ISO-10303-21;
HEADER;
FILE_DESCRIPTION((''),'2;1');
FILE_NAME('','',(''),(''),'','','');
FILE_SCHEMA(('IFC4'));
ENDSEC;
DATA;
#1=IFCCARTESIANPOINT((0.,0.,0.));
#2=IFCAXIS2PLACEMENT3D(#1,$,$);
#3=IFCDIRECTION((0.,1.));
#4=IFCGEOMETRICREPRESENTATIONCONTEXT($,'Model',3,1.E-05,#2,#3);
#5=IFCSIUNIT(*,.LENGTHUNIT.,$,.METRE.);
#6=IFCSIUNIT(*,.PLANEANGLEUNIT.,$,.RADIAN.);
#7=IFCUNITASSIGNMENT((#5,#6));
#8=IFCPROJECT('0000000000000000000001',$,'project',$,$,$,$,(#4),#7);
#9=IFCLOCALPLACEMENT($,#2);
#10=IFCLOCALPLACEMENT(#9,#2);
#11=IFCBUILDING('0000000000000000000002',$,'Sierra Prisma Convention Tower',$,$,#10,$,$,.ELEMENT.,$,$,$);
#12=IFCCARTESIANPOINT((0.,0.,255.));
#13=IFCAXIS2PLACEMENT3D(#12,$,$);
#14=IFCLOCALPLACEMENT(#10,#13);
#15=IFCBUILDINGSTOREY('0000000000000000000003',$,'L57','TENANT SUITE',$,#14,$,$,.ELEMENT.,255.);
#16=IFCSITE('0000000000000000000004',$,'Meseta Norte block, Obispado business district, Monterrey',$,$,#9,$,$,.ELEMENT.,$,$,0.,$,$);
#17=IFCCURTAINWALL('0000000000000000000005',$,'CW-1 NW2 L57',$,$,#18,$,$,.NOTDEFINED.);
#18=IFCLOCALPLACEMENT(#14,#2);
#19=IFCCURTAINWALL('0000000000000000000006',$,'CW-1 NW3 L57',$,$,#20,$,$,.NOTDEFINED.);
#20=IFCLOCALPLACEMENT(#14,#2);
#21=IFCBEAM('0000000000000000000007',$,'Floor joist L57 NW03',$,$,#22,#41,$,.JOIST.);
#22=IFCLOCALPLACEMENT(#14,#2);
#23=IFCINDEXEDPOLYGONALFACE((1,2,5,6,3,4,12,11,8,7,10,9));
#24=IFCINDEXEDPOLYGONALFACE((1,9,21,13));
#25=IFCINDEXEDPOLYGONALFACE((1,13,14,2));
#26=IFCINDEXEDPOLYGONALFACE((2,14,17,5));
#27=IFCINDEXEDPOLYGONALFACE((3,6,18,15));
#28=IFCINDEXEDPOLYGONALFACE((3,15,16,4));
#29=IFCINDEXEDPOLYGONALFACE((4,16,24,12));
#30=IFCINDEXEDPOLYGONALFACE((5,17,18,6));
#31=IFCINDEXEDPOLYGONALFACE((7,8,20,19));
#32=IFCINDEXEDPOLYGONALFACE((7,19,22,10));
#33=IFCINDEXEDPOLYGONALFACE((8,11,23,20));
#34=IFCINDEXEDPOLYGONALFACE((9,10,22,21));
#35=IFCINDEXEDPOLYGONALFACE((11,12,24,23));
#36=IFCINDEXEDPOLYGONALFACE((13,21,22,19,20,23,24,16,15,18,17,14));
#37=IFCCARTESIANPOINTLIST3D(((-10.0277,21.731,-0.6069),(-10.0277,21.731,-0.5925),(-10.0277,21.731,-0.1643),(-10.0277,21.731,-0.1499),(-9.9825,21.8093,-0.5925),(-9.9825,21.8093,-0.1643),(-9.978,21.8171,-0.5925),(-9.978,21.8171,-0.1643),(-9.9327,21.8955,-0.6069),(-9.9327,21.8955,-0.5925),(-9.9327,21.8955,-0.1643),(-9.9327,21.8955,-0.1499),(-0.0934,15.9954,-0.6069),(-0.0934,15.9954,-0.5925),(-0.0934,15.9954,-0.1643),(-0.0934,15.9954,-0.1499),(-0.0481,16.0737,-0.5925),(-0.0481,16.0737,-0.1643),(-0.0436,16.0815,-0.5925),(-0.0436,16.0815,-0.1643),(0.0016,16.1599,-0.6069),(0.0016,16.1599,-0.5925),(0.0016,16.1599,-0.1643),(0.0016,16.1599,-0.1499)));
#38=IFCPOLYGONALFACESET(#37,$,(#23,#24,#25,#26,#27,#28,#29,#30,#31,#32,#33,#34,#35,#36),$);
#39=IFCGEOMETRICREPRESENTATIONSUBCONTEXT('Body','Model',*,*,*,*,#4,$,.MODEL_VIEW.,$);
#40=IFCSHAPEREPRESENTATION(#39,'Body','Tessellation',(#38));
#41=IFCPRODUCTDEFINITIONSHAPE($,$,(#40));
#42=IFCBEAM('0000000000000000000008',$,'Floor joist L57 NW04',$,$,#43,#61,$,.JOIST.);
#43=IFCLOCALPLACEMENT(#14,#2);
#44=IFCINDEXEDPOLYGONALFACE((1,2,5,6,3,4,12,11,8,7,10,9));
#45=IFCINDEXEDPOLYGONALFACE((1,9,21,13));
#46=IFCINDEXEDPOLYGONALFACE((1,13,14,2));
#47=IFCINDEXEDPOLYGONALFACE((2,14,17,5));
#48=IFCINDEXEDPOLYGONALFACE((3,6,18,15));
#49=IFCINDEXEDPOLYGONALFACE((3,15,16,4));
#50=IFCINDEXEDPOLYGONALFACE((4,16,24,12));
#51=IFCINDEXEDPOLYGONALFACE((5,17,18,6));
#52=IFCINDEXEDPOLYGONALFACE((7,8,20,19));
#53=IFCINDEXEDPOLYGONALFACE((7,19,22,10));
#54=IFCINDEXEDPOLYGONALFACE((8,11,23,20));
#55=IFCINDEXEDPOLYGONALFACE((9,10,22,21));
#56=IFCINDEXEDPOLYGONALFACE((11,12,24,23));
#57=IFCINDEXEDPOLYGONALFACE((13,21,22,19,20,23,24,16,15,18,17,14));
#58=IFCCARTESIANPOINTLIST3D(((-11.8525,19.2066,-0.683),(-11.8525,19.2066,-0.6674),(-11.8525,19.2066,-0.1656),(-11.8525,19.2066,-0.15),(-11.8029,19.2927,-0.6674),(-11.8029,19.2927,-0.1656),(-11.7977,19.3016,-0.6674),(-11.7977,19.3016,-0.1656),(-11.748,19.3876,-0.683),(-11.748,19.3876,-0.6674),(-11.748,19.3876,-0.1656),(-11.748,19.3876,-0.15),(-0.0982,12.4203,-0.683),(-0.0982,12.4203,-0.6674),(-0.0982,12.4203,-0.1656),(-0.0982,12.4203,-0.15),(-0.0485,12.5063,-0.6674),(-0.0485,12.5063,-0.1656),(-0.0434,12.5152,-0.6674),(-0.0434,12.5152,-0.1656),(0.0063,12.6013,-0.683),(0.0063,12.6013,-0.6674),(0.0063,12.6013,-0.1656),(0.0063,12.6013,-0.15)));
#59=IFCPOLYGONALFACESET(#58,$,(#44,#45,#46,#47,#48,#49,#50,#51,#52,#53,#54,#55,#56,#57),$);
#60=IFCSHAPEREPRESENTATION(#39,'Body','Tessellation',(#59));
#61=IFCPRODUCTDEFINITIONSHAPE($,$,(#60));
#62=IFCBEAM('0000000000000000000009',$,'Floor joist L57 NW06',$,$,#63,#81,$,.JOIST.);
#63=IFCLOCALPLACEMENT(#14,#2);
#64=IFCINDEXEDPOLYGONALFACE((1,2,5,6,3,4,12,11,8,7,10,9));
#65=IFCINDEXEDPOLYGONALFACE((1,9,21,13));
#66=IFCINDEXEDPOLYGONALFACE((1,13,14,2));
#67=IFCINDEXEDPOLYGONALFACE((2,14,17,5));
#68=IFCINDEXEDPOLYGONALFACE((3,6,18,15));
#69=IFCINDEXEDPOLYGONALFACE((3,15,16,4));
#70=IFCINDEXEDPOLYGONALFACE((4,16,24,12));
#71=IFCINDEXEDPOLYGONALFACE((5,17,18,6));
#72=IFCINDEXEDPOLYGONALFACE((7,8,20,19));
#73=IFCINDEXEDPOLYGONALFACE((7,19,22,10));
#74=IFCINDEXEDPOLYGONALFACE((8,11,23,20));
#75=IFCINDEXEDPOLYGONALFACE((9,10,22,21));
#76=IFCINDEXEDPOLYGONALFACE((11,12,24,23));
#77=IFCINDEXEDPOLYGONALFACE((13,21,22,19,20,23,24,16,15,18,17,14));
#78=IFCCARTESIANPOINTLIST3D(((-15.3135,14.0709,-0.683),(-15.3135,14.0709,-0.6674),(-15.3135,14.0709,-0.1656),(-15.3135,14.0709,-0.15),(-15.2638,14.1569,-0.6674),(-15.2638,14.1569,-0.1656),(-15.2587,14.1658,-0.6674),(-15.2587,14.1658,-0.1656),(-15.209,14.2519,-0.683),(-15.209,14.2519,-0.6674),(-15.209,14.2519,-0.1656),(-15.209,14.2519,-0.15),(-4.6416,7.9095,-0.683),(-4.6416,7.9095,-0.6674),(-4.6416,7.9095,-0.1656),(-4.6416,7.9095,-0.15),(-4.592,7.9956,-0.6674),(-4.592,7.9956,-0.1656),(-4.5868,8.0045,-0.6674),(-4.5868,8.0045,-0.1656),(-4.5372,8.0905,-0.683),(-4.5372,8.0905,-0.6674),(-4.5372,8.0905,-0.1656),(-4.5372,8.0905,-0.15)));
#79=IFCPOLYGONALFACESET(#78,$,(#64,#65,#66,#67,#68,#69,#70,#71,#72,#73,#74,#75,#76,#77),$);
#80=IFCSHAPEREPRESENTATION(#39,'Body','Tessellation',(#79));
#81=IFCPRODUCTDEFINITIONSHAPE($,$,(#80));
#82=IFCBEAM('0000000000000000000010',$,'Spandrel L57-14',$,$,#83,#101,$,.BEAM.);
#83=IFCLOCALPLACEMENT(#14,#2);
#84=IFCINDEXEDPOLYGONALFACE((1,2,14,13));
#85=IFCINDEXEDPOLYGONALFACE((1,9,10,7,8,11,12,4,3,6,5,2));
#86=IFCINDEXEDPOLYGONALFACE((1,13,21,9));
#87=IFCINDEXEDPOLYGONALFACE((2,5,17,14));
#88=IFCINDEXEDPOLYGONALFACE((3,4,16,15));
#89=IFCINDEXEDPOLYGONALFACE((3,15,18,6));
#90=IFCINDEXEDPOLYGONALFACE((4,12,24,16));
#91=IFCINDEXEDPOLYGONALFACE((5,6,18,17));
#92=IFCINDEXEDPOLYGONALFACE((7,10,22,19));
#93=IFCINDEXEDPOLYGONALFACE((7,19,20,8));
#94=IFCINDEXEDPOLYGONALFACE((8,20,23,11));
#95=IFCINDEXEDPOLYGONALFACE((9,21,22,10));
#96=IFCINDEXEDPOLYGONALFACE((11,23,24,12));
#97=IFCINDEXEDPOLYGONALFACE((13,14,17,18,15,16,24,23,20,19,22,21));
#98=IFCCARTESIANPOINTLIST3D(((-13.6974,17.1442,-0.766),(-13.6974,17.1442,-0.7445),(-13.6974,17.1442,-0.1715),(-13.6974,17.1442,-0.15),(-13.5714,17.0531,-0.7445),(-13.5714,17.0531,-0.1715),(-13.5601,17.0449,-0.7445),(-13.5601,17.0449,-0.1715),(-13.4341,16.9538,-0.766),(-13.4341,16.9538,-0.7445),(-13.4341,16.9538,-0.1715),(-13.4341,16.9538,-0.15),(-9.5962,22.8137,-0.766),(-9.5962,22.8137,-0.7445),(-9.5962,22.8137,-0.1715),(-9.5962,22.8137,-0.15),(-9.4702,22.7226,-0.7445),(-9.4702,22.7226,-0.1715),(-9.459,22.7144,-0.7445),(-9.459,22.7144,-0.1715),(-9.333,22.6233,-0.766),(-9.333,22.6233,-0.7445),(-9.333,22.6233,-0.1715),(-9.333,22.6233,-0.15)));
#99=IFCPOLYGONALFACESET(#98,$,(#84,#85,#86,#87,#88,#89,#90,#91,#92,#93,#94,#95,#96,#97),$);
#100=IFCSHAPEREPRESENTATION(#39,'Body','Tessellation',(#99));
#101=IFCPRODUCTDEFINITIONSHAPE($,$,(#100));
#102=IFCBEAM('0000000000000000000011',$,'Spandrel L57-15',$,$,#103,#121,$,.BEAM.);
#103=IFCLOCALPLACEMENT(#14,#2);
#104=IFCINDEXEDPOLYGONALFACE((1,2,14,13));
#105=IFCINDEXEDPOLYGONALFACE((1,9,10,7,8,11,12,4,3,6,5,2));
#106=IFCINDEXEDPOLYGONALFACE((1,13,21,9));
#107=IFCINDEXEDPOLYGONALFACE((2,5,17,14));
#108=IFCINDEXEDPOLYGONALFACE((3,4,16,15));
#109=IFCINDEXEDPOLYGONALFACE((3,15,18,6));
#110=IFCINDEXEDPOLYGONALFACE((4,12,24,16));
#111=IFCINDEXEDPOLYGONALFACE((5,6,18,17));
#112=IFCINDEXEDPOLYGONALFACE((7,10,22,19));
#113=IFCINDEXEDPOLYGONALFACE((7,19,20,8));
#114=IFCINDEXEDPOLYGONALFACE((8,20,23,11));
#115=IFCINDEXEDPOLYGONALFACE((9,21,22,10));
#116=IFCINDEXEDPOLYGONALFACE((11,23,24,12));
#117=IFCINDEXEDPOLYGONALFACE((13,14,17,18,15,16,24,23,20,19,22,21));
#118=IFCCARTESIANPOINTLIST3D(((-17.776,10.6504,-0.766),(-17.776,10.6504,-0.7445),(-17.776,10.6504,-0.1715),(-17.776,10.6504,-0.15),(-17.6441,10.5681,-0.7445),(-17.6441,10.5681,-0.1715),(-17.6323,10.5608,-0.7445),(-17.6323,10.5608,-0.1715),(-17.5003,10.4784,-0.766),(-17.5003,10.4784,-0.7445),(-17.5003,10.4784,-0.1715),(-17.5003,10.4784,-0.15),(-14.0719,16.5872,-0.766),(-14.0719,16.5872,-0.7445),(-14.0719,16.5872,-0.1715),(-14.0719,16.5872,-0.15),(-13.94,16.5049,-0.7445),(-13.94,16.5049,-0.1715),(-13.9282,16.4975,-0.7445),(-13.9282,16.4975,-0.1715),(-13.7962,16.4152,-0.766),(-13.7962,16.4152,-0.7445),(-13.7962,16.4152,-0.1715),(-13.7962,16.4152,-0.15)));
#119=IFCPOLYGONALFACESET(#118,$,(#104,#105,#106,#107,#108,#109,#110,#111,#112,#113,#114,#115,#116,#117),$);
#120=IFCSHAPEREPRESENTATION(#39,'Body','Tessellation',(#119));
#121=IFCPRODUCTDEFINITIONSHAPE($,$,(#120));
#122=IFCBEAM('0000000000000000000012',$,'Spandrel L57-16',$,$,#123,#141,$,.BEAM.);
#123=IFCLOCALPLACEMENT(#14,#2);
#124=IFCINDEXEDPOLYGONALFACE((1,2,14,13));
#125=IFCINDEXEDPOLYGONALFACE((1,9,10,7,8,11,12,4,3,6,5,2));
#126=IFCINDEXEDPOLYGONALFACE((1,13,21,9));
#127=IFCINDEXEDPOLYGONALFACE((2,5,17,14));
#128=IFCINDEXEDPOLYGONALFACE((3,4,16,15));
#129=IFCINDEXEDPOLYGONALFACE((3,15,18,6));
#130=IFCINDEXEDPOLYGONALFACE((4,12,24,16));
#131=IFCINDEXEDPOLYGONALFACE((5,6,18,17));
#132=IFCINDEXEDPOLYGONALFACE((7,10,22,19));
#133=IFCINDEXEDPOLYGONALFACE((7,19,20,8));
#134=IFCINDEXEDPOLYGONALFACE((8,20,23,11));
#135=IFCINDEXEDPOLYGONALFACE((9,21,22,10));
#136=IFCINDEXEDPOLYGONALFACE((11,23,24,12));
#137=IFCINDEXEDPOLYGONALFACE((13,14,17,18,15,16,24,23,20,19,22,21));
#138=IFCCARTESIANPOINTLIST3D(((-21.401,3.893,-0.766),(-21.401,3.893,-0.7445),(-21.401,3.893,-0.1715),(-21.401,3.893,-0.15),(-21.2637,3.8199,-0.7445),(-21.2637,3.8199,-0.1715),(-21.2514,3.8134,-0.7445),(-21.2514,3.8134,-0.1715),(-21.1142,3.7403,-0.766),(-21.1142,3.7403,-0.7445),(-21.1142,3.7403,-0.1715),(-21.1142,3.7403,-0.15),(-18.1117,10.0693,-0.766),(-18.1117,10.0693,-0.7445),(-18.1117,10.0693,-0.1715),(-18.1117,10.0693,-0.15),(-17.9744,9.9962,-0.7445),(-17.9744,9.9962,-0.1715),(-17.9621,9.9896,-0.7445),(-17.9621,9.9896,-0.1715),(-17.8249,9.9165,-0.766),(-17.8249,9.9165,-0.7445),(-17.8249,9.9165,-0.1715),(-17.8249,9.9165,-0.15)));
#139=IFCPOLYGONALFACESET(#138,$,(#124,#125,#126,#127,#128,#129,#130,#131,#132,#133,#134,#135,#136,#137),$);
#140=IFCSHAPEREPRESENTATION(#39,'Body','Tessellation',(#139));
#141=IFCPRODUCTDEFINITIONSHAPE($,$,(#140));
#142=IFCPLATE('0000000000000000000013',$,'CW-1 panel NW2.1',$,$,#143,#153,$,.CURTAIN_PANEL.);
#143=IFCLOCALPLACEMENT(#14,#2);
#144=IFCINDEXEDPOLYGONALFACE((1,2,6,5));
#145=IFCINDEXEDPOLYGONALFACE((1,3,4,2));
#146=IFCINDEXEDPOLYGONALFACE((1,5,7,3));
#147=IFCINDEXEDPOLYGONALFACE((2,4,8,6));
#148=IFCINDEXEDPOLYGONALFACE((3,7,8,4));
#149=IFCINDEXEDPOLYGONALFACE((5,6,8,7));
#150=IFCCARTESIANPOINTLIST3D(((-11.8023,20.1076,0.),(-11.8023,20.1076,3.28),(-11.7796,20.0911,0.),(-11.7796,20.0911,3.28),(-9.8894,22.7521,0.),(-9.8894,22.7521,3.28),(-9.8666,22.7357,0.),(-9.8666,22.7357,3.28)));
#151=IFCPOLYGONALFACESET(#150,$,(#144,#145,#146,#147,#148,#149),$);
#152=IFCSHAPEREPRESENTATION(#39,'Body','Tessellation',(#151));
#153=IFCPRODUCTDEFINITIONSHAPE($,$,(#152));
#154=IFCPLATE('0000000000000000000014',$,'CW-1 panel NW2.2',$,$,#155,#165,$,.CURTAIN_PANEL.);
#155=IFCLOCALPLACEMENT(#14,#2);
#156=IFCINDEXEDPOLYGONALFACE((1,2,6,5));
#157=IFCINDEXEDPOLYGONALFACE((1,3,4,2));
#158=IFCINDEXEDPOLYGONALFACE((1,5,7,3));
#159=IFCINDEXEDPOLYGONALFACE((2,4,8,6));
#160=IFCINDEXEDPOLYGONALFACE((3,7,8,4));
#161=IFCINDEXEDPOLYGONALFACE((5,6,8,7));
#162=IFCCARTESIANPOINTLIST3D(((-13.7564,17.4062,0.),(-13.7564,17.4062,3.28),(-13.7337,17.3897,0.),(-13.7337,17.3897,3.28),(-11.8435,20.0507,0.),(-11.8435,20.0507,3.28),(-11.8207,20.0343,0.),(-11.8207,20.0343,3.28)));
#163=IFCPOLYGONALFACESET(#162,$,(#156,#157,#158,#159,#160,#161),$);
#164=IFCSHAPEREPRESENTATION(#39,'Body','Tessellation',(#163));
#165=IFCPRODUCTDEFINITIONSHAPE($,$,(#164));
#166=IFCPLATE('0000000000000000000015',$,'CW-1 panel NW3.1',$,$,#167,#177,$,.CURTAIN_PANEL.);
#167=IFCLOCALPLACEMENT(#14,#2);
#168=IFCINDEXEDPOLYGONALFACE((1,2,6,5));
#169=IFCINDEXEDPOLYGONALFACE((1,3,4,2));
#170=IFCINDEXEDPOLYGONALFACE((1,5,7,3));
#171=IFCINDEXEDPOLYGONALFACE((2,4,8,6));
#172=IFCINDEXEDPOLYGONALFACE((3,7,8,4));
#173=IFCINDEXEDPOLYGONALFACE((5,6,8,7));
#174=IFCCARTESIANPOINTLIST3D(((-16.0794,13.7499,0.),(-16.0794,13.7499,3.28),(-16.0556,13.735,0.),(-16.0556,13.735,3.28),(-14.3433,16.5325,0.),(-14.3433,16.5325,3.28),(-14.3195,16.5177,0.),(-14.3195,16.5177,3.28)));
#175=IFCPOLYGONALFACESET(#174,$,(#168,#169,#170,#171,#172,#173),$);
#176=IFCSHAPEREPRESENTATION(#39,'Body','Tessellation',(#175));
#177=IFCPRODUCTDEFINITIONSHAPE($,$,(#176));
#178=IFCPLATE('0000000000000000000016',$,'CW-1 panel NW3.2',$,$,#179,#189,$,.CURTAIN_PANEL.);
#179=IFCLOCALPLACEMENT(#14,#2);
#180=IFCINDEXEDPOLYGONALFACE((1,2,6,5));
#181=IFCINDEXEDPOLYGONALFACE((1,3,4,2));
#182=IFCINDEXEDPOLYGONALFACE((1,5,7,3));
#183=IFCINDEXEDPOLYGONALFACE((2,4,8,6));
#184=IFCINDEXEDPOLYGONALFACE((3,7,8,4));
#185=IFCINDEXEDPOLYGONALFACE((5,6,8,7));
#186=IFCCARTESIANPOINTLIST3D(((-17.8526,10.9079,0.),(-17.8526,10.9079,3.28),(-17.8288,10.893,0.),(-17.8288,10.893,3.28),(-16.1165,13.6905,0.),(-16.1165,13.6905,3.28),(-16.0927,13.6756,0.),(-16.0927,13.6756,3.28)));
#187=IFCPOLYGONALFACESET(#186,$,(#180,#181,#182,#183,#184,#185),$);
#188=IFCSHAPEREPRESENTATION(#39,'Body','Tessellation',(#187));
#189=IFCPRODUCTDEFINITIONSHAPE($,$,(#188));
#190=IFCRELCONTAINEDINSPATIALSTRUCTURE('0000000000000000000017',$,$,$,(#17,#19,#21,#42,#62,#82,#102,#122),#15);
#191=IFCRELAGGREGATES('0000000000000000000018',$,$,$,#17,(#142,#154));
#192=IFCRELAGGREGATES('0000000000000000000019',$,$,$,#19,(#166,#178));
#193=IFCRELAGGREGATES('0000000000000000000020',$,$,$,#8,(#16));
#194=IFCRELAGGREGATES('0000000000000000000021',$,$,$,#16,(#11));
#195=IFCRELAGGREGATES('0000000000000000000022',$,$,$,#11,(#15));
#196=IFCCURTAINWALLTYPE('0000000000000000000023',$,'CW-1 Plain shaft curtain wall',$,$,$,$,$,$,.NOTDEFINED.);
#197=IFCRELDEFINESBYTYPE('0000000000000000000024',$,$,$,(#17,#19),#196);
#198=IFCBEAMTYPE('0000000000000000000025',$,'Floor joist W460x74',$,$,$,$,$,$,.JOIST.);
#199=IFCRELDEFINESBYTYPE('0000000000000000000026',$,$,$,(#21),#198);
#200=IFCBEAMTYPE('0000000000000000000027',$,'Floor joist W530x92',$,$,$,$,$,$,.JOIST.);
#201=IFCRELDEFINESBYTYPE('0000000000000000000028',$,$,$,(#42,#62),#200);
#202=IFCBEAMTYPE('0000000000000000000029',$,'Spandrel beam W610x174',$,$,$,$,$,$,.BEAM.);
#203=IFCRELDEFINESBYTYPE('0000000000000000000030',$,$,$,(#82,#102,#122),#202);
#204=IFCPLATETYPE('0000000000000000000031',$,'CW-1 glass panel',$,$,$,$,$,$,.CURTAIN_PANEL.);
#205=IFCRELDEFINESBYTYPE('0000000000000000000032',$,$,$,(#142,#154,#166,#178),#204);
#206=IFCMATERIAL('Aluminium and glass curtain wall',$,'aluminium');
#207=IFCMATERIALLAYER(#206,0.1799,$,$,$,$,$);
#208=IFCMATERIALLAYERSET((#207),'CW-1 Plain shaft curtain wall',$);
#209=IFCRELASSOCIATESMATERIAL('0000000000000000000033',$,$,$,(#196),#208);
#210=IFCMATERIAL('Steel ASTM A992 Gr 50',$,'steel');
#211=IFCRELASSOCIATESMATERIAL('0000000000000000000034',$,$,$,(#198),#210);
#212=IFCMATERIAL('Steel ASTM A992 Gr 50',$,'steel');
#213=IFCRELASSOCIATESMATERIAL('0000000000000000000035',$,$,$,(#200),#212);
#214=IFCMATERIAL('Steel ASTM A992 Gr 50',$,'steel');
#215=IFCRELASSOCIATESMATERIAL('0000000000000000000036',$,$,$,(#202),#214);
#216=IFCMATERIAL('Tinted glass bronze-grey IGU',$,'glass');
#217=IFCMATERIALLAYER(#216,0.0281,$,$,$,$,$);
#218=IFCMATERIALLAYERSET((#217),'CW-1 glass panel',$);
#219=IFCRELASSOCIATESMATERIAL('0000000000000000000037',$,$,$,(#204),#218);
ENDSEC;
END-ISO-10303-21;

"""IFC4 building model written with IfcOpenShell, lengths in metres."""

from ifc_helpers import new_model, si_unit, direction, frame, origin, origin_2d, place, context, subcontext, project, spatial, rectangle, i_section, extrude, material, layer, layer_set, material_profile, profile_set, type_object, element, aggregate, save


model = new_model("IFC4")

# Units and contexts
model_context = context("Model", 3, precision=1e-05, world=origin(), true_north=direction((0.0, 1.0)))
body_context = subcontext(model_context, "Body", "Model", "MODEL_VIEW")
ifc_project = project(units=[si_unit("LENGTHUNIT", "METRE"), si_unit("PLANEANGLEUNIT", "RADIAN")], contexts=[model_context])

# Site, building, storey
site_placement = place(None, origin())
site = spatial("IfcSite", under=ifc_project, at=site_placement, Name="Meseta Norte block, Obispado business district, Monterrey", CompositionType="ELEMENT", RefElevation=0.0)
building_placement = place(site_placement, origin())
building = spatial("IfcBuilding", under=site, at=building_placement, Name="Sierra Prisma Convention Tower", CompositionType="ELEMENT")
storey_placement = place(building_placement, frame((0.0, 0.0, 255.0)))
storey = spatial("IfcBuildingStorey", under=building, at=storey_placement, Name="L57", Description="TENANT SUITE", CompositionType="ELEMENT", Elevation=255.0)

# Curtain wall
ifc_material_1 = material(Name="Aluminium and glass curtain wall", Category="aluminium")
ifc_layer_1 = layer(ifc_material_1, 0.1799)
ifc_layer_set_1 = layer_set([ifc_layer_1], Name="CW-1 Plain shaft curtain wall")
curtain_wall_type_1 = type_object("IfcCurtainWallType", Name="CW-1 Plain shaft curtain wall", PredefinedType="NOTDEFINED", material=ifc_layer_set_1)
curtain_wall_1_placement = place(storey_placement, origin())
curtain_wall_1 = element("IfcCurtainWall", 1, at=curtain_wall_1_placement, inside=storey, type_object=curtain_wall_type_1, Name="CW-1 NW2 L57", PredefinedType="NOTDEFINED")

# Curtain wall
curtain_wall_2_placement = place(storey_placement, origin())
curtain_wall_2 = element("IfcCurtainWall", 2, at=curtain_wall_2_placement, inside=storey, type_object=curtain_wall_type_1, Name="CW-1 NW3 L57", PredefinedType="NOTDEFINED")

# Beams
ifc_material_2 = material(Name="Steel ASTM A992 Gr 50", Category="steel")
ifc_material_profile_1 = material_profile(ifc_material_2, i_section(OverallWidth=0.1899, OverallDepth=0.457, WebThickness=0.009, FlangeThickness=0.0144, at=origin_2d()), Name="W460x74")
ifc_profile_set_1 = profile_set([ifc_material_profile_1], Name="Steel ASTM A992 Gr 50")
beam_type_1 = type_object("IfcBeamType", Name="Floor joist W460x74", PredefinedType="JOIST", material=ifc_profile_set_1)
beam_1_placement = place(storey_placement, frame((-9.9802, 21.8132, -0.3784), z_axis=(0.866025, -0.500001, 0.0), x_axis=(0.500001, 0.866025, 0.0)))
element("IfcBeam", 3, at=beam_1_placement, inside=storey, type_object=beam_type_1, Name="Floor joist L57 NW03", PredefinedType="JOIST", context=body_context, shape_type="SweptSolid", body=[
    extrude(i_section(OverallWidth=0.1899, OverallDepth=0.457, WebThickness=0.009, FlangeThickness=0.0144, at=origin_2d()), origin(), (0.0, 0.0, 1.0), 11.4712),
])
ifc_material_3 = material(Name="Steel ASTM A992 Gr 50", Category="steel")
ifc_material_profile_2 = material_profile(ifc_material_3, i_section(OverallWidth=0.209, OverallDepth=0.533, WebThickness=0.0103, FlangeThickness=0.0156, at=origin_2d()), Name="W530x92")
ifc_profile_set_2 = profile_set([ifc_material_profile_2], Name="Steel ASTM A992 Gr 50")
beam_type_2 = type_object("IfcBeamType", Name="Floor joist W530x92", PredefinedType="JOIST", material=ifc_profile_set_2)
beam_2_placement = place(storey_placement, frame((-11.8003, 19.2971, -0.4165), z_axis=(0.866026, -0.499999, 0.0), x_axis=(0.499999, 0.866026, 0.0)))
element("IfcBeam", 4, at=beam_2_placement, inside=storey, type_object=beam_type_2, Name="Floor joist L57 NW04", PredefinedType="JOIST", context=body_context, shape_type="SweptSolid", body=[
    extrude(i_section(OverallWidth=0.209, OverallDepth=0.533, WebThickness=0.0103, FlangeThickness=0.0156, at=origin_2d()), origin(), (0.0, 0.0, 1.0), 13.5728),
])
beam_3_placement = place(storey_placement, frame((-15.2612, 14.1614, -0.4165), z_axis=(0.866027, -0.499998, 0.0), x_axis=(0.499998, 0.866027, 0.0)))
element("IfcBeam", 5, at=beam_3_placement, inside=storey, type_object=beam_type_2, Name="Floor joist L57 NW06", PredefinedType="JOIST", context=body_context, shape_type="SweptSolid", body=[
    extrude(i_section(OverallWidth=0.209, OverallDepth=0.533, WebThickness=0.0103, FlangeThickness=0.0156, at=origin_2d()), origin(), (0.0, 0.0, 1.0), 12.3228),
])
ifc_material_4 = material(Name="Steel ASTM A992 Gr 50", Category="steel")
ifc_material_profile_3 = material_profile(ifc_material_4, i_section(OverallWidth=0.325, OverallDepth=0.616, WebThickness=0.0139, FlangeThickness=0.0215, at=origin_2d()), Name="W610x174")
ifc_profile_set_3 = profile_set([ifc_material_profile_3], Name="Steel ASTM A992 Gr 50")
beam_type_3 = type_object("IfcBeamType", Name="Spandrel beam W610x174", PredefinedType="BEAM", material=ifc_profile_set_3)
beam_4_placement = place(storey_placement, frame((-9.4646, 22.7185, -0.458), z_axis=(-0.586099, -0.810239, 0.0), x_axis=(0.810239, -0.586099, 0.0)))
element("IfcBeam", 6, at=beam_4_placement, inside=storey, type_object=beam_type_3, Name="Spandrel L57-14", PredefinedType="BEAM", context=body_context, shape_type="SweptSolid", body=[
    extrude(i_section(OverallWidth=0.325, OverallDepth=0.616, WebThickness=0.0139, FlangeThickness=0.0215, at=origin_2d()), origin(), (0.0, 0.0, 1.0), 6.9973),
])
for number, where, z_axis, x_axis, name in (
    (7, (-13.9341, 16.5012, -0.458), (-0.529343, -0.848408, 0.0), (0.848408, -0.529343, 0.0), "Spandrel L57-15"),
    (8, (-17.9683, 9.9929, -0.458), (-0.470065, -0.882632, 0.0), (0.882632, -0.470065, 0.0), "Spandrel L57-16"),
):
    element("IfcBeam", number, at=place(storey_placement, frame(where, z_axis=z_axis, x_axis=x_axis)), inside=storey, type_object=beam_type_3, Name=name, PredefinedType="BEAM", context=body_context, shape_type="SweptSolid", body=[
        extrude(i_section(OverallWidth=0.325, OverallDepth=0.616, WebThickness=0.0139, FlangeThickness=0.0215, at=origin_2d()), origin(), (0.0, 0.0, 1.0), 6.9976),
    ])

# Plates
ifc_material_5 = material(Name="Tinted glass bronze-grey IGU", Category="glass")
ifc_layer_2 = layer(ifc_material_5, 0.0281)
ifc_layer_set_2 = layer_set([ifc_layer_2], Name="CW-1 glass panel")
plate_type_1 = type_object("IfcPlateType", Name="CW-1 glass panel", PredefinedType="CURTAIN_PANEL", material=ifc_layer_set_2)
plate_1_placement = place(storey_placement, frame((-10.8345, 21.4216, 0.0), z_axis=(0.0, 0.0, 1.0), x_axis=(-0.586102, -0.810237, 0.0)))
plate_1 = element("IfcPlate", 9, at=plate_1_placement, type_object=plate_type_1, Name="CW-1 panel NW2.1", PredefinedType="CURTAIN_PANEL", context=body_context, shape_type="SweptSolid", body=[
    extrude(rectangle(XDim=3.2639, YDim=0.0281, at=origin_2d()), origin(), (0.0, 0.0, 1.0), 3.28),
])
plate_2_placement = place(storey_placement, frame((-12.7886, 18.7202, 0.0), z_axis=(0.0, 0.0, 1.0), x_axis=(-0.586102, -0.810237, 0.0)))
plate_2 = element("IfcPlate", 10, at=plate_2_placement, type_object=plate_type_1, Name="CW-1 panel NW2.2", PredefinedType="CURTAIN_PANEL", context=body_context, shape_type="SweptSolid", body=[
    extrude(rectangle(XDim=3.2639, YDim=0.0281, at=origin_2d()), origin(), (0.0, 0.0, 1.0), 3.28),
])
aggregate(curtain_wall_1, [plate_1, plate_2])
plate_3_placement = place(storey_placement, frame((-15.1995, 15.1338, 0.0), z_axis=(0.0, 0.0, 1.0), x_axis=(-0.529331, -0.848415, 0.0)))
plate_3 = element("IfcPlate", 11, at=plate_3_placement, type_object=plate_type_1, Name="CW-1 panel NW3.1", PredefinedType="CURTAIN_PANEL", context=body_context, shape_type="SweptSolid", body=[
    extrude(rectangle(XDim=3.2798, YDim=0.0281, at=origin_2d()), origin(), (0.0, 0.0, 1.0), 3.28),
])
plate_4_placement = place(storey_placement, frame((-16.9727, 12.2917, 0.0), z_axis=(0.0, 0.0, 1.0), x_axis=(-0.529331, -0.848415, 0.0)))
plate_4 = element("IfcPlate", 12, at=plate_4_placement, type_object=plate_type_1, Name="CW-1 panel NW3.2", PredefinedType="CURTAIN_PANEL", context=body_context, shape_type="SweptSolid", body=[
    extrude(rectangle(XDim=3.2798, YDim=0.0281, at=origin_2d()), origin(), (0.0, 0.0, 1.0), 3.28),
])
aggregate(curtain_wall_2, [plate_3, plate_4])

save(model, "model.ifc")
